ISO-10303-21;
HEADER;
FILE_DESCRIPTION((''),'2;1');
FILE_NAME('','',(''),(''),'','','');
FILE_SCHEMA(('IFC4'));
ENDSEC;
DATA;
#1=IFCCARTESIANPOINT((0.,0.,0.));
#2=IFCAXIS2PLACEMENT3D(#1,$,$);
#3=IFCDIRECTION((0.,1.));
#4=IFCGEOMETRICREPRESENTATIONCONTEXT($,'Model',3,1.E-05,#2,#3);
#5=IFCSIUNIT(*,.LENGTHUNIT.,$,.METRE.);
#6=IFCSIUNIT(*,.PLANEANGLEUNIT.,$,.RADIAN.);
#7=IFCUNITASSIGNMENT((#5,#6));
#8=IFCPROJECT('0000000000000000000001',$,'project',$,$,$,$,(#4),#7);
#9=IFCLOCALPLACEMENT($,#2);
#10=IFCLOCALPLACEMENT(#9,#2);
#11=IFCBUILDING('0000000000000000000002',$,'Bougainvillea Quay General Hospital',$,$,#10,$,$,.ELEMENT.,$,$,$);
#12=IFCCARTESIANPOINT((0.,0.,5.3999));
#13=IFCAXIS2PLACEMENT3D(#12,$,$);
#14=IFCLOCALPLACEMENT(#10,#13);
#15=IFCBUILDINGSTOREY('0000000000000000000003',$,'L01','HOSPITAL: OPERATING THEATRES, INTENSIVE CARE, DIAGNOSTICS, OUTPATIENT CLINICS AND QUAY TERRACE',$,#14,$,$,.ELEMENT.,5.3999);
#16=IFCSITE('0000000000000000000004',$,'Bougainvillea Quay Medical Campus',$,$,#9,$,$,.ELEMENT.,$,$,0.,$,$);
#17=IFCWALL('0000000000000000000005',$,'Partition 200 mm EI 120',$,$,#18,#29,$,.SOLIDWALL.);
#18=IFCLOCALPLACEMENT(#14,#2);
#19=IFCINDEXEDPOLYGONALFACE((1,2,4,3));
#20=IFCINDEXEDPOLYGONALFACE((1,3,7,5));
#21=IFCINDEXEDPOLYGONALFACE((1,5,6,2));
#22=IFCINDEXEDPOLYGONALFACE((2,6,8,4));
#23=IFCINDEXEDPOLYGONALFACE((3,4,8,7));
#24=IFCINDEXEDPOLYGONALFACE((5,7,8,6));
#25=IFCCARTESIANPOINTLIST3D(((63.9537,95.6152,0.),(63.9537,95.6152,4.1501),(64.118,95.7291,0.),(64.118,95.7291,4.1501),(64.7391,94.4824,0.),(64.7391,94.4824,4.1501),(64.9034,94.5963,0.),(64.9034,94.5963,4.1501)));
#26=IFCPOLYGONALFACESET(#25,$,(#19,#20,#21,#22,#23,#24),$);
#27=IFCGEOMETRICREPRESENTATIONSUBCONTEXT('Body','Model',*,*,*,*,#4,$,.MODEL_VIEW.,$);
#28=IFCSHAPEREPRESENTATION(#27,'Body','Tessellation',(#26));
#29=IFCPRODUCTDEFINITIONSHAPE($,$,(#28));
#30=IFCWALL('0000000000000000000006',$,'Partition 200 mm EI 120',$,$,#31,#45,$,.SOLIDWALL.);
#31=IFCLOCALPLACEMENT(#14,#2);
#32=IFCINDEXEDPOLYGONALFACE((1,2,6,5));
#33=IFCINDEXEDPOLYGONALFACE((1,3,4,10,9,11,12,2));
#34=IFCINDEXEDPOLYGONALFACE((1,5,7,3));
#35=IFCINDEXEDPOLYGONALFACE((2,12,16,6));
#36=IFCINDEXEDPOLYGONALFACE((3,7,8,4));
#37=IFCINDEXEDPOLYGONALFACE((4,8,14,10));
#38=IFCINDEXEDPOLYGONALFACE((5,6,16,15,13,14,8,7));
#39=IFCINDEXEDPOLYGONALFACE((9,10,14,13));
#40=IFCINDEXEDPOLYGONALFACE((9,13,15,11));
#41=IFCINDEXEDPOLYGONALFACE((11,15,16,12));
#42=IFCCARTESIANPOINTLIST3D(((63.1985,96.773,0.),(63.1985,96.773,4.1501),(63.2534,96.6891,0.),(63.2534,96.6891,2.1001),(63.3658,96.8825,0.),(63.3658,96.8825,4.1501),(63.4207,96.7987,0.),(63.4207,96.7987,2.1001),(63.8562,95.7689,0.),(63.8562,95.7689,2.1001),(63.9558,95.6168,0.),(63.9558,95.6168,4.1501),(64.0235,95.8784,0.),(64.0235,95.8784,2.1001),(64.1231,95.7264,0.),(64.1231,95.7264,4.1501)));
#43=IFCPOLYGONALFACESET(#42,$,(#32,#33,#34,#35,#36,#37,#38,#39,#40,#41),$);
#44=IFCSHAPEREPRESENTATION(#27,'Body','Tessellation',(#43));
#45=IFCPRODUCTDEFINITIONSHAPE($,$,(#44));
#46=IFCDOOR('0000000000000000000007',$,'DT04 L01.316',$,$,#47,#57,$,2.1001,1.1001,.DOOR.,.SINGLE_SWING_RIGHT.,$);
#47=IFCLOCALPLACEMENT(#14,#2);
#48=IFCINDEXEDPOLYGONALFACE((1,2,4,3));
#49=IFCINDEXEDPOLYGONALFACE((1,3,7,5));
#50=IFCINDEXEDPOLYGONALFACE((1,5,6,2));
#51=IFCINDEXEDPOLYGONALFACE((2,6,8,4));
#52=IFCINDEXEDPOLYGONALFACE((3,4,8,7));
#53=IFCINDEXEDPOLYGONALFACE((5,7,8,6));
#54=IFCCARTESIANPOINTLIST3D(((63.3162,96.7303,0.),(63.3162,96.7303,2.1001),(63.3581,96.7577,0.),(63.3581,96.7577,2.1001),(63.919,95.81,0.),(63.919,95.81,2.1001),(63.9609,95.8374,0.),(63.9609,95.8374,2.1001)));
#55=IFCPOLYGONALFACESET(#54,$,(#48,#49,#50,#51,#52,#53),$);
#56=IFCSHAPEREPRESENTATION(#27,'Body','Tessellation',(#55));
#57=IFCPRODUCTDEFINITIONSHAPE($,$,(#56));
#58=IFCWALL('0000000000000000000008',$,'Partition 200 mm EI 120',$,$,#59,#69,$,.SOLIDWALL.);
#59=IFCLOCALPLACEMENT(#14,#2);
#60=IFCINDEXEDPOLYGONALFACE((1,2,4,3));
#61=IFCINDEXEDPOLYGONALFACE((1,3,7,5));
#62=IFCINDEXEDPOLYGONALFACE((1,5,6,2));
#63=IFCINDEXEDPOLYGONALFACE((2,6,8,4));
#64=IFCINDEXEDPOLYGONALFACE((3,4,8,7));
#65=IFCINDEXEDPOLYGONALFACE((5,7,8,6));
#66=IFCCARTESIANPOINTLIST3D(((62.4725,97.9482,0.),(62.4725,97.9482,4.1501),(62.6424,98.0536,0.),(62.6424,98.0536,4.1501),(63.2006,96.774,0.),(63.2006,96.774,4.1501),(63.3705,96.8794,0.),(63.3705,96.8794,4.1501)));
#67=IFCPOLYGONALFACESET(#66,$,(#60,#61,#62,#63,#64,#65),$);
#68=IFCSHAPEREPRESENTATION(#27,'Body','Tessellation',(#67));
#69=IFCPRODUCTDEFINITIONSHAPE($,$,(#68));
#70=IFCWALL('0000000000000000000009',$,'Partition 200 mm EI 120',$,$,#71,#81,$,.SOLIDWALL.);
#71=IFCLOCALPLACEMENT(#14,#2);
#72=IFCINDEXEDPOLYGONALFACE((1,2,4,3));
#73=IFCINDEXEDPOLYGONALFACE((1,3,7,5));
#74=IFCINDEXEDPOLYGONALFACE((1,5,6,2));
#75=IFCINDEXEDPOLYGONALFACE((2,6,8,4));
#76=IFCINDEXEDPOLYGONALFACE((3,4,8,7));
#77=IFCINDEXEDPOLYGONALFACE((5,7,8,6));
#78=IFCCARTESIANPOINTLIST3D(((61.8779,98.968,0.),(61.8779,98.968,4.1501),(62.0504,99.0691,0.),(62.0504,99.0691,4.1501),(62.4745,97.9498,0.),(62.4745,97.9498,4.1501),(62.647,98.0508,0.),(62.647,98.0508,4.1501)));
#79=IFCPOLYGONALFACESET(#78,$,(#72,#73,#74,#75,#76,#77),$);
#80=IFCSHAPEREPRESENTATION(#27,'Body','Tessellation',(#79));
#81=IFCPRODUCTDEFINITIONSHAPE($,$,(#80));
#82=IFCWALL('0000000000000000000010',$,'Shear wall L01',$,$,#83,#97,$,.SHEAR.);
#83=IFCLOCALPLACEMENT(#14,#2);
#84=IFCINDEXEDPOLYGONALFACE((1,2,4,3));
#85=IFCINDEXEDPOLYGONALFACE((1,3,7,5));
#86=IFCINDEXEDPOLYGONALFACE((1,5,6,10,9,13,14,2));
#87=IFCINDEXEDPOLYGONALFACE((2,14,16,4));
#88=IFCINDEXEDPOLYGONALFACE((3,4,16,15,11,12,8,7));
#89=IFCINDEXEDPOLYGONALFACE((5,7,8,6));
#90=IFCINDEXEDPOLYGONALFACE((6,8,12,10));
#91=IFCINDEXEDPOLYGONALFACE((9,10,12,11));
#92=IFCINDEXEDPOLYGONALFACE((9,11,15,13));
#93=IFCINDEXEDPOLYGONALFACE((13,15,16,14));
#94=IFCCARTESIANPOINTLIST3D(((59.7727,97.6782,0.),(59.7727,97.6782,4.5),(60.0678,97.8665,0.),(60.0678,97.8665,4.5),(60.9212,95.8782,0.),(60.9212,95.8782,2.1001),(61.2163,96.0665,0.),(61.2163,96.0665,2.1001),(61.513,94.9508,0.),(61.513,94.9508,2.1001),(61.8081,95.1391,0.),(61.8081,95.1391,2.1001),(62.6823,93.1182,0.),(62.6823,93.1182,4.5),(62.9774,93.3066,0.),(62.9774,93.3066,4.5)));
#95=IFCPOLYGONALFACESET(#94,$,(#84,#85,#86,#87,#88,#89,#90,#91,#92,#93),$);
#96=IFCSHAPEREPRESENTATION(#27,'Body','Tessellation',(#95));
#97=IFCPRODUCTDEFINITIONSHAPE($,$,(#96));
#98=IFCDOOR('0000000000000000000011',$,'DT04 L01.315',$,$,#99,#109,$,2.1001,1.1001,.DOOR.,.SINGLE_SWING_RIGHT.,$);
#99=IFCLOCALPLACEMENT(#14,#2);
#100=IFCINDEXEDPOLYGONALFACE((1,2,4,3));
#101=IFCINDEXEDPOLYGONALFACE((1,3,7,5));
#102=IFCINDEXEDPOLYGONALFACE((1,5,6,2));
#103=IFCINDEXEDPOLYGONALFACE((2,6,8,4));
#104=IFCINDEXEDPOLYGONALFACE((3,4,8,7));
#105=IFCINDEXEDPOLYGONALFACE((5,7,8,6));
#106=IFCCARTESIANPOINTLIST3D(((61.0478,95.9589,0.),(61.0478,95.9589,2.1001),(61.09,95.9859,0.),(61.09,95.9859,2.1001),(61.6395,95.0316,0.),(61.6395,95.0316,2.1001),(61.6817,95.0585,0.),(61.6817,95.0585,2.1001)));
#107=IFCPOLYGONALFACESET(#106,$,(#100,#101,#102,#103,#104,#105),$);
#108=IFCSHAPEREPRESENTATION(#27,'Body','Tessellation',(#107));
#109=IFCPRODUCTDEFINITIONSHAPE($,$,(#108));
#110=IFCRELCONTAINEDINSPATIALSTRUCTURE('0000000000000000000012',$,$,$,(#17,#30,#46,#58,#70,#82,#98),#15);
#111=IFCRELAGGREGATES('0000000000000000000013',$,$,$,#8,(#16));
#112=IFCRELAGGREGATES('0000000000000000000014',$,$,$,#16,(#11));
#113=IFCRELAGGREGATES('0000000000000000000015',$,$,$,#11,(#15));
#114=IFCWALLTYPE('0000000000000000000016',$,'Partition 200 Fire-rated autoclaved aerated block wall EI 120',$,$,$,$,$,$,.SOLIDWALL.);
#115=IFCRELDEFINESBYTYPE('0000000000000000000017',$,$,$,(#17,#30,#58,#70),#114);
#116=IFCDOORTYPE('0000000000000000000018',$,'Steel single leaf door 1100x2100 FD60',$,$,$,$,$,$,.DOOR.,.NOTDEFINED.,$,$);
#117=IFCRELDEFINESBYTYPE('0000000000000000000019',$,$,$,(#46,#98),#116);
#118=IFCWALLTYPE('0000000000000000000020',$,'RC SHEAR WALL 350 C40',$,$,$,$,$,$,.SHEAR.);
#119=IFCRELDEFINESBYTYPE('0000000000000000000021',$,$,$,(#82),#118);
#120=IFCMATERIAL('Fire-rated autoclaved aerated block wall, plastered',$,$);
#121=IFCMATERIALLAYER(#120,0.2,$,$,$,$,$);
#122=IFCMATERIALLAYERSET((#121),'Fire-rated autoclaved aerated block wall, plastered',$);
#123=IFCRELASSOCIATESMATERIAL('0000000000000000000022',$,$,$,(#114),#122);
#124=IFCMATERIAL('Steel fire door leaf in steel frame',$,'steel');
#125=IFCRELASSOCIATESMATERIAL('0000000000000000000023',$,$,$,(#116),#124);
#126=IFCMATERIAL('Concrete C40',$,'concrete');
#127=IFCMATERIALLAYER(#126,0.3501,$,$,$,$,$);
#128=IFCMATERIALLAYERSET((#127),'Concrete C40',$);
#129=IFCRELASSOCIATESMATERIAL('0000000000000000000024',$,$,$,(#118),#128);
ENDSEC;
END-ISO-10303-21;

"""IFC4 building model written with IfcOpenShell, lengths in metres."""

from ifc_helpers import new_model, si_unit, direction, frame, frame_2d, origin, place, context, subcontext, project, spatial, rectangle, extrude, material, layer, layer_set, type_object, element, fill, save


model = new_model("IFC4")

# Units and contexts
model_context = context("Model", 3, precision=1e-05, world=origin(), true_north=direction((0.0, 1.0)))
body_context = subcontext(model_context, "Body", "Model", "MODEL_VIEW")
ifc_project = project(units=[si_unit("LENGTHUNIT", "METRE"), si_unit("PLANEANGLEUNIT", "RADIAN")], contexts=[model_context])

# Site, building, storey
site_placement = place(None, origin())
site = spatial("IfcSite", under=ifc_project, at=site_placement, Name="Bougainvillea Quay Medical Campus", CompositionType="ELEMENT", RefElevation=0.0)
building_placement = place(site_placement, origin())
building = spatial("IfcBuilding", under=site, at=building_placement, Name="Bougainvillea Quay General Hospital", CompositionType="ELEMENT")
storey_placement = place(building_placement, frame((0.0, 0.0, 5.3999)))
storey = spatial("IfcBuildingStorey", under=building, at=storey_placement, Name="L01", Description="HOSPITAL: OPERATING THEATRES, INTENSIVE CARE, DIAGNOSTICS, OUTPATIENT CLINICS AND QUAY TERRACE", CompositionType="ELEMENT", Elevation=5.3999)

# Wall
ifc_material_1 = material(Name="Fire-rated autoclaved aerated block wall, plastered")
ifc_layer_1 = layer(ifc_material_1, 0.2)
ifc_layer_set_1 = layer_set([ifc_layer_1], Name="Fire-rated autoclaved aerated block wall, plastered")
wall_type_1 = type_object("IfcWallType", Name="Partition 200 Fire-rated autoclaved aerated block wall EI 120", PredefinedType="SOLIDWALL", material=ifc_layer_set_1)
wall_1_placement = place(storey_placement, frame((64.0359, 95.6721, 0.0), z_axis=(0.0, 0.0, 1.0), x_axis=(0.569772, -0.821803, 0.0)))
element("IfcWall", 1, at=wall_1_placement, inside=storey, type_object=wall_type_1, Name="Partition 200 mm EI 120", PredefinedType="SOLIDWALL", context=body_context, shape_type="SweptSolid", body=[
    extrude(rectangle(XDim=1.3784, YDim=0.2, at=frame_2d((0.6892, 0.0))), origin(), (0.0, 0.0, 1.0), 4.1501),
])

# Wall, opening, door
wall_2_placement = place(storey_placement, frame((63.2822, 96.8276, 0.0), z_axis=(0.0, 0.0, 1.0), x_axis=(0.547915, -0.836534, 0.0)))
wall_2 = element("IfcWall", 2, at=wall_2_placement, inside=storey, type_object=wall_type_1, Name="Partition 200 mm EI 120", PredefinedType="SOLIDWALL", context=body_context, shape_type="SweptSolid", body=[
    extrude(rectangle(XDim=1.3821, YDim=0.2, at=frame_2d((0.6909, 0.0))), origin(), (0.0, 0.0, 1.0), 4.1501),
])
opening_1_placement = place(wall_2_placement, frame((0.1001, 0.0, 0.0)))
opening_1 = element("IfcOpeningElement", 3, at=opening_1_placement, cuts=wall_2, PredefinedType="OPENING", context=body_context, shape_type="SweptSolid", body=[
    extrude(rectangle(XDim=1.1001, YDim=2.1001, at=frame_2d((0.55, 1.05))), frame((0.0, 0.1099, 0.0), z_axis=(0.0, -1.0, 0.0), x_axis=(1.0, 0.0, 0.0)), (0.0, 0.0, 1.0), 0.22),
])
ifc_material_2 = material(Name="Steel fire door leaf in steel frame", Category="steel")
door_type_1 = type_object("IfcDoorType", Name="Steel single leaf door 1100x2100 FD60", OperationType="NOTDEFINED", PredefinedType="DOOR", material=ifc_material_2)
door_1_placement = place(opening_1_placement, frame((1.1001, 0.0, 0.0), z_axis=(0.0, 0.0, 1.0), x_axis=(-1.0, 0.0, 0.0)))
door_1 = element("IfcDoor", 4, at=door_1_placement, inside=storey, type_object=door_type_1, Name="DT04 L01.316", OperationType="SINGLE_SWING_RIGHT", OverallHeight=2.1001, OverallWidth=1.1001, PredefinedType="DOOR", context=body_context, shape_type="SweptSolid", body=[
    extrude(rectangle(XDim=1.1001, YDim=2.1001, at=frame_2d((0.55, 1.05))), frame((0.0, 0.0249, 0.0), z_axis=(0.0, -1.0, 0.0), x_axis=(1.0, 0.0, 0.0)), (0.0, 0.0, 1.0), 0.05),
])
fill(opening_1, door_1)

# Walls
wall_3_placement = place(storey_placement, frame((62.5574, 98.001, 0.0), z_axis=(0.0, 0.0, 1.0), x_axis=(0.526993, -0.849869, 0.0)))
element("IfcWall", 5, at=wall_3_placement, inside=storey, type_object=wall_type_1, Name="Partition 200 mm EI 120", PredefinedType="SOLIDWALL", context=body_context, shape_type="SweptSolid", body=[
    extrude(rectangle(XDim=1.3816, YDim=0.2, at=frame_2d((0.6909, 0.0))), origin(), (0.0, 0.0, 1.0), 4.1501),
])
wall_4_placement = place(storey_placement, frame((61.9641, 99.0186, 0.0), z_axis=(0.0, 0.0, 1.0), x_axis=(0.505555, -0.862794, 0.0)))
element("IfcWall", 6, at=wall_4_placement, inside=storey, type_object=wall_type_1, Name="Partition 200 mm EI 120", PredefinedType="SOLIDWALL", context=body_context, shape_type="SweptSolid", body=[
    extrude(rectangle(XDim=1.1802, YDim=0.2, at=frame_2d((0.5901, 0.0))), origin(), (0.0, 0.0, 1.0), 4.1501),
])

# Wall, opening, door
ifc_material_3 = material(Name="Concrete C40", Category="concrete")
ifc_layer_2 = layer(ifc_material_3, 0.3501)
ifc_layer_set_2 = layer_set([ifc_layer_2], Name="Concrete C40")
wall_type_2 = type_object("IfcWallType", Name="RC SHEAR WALL 350 C40", PredefinedType="SHEAR", material=ifc_layer_set_2)
wall_5_placement = place(storey_placement, frame((62.8298, 93.2124, 0.0), z_axis=(0.0, 0.0, 1.0), x_axis=(-0.537903, 0.843007, 0.0)))
wall_5 = element("IfcWall", 7, at=wall_5_placement, inside=storey, type_object=wall_type_2, Name="Shear wall L01", PredefinedType="SHEAR", context=body_context, shape_type="SweptSolid", body=[
    extrude(rectangle(XDim=5.4092, YDim=0.3501, at=frame_2d((2.7046, 0.0))), origin(), (0.0, 0.0, 1.0), 4.5),
])
opening_2_placement = place(wall_5_placement, frame((2.1738, 0.0, 0.0)))
opening_2 = element("IfcOpeningElement", 8, at=opening_2_placement, cuts=wall_5, PredefinedType="OPENING", context=body_context, shape_type="SweptSolid", body=[
    extrude(rectangle(XDim=1.1001, YDim=2.1001, at=frame_2d((0.55, 1.05))), frame((0.0, 0.1851, 0.0), z_axis=(0.0, -1.0, 0.0), x_axis=(1.0, 0.0, 0.0)), (0.0, 0.0, 1.0), 0.3701),
])
door_2_placement = place(opening_2_placement, origin())
door_2 = element("IfcDoor", 9, at=door_2_placement, inside=storey, type_object=door_type_1, Name="DT04 L01.315", OperationType="SINGLE_SWING_RIGHT", OverallHeight=2.1001, OverallWidth=1.1001, PredefinedType="DOOR", context=body_context, shape_type="SweptSolid", body=[
    extrude(rectangle(XDim=1.1001, YDim=2.1001, at=frame_2d((0.55, 1.05))), frame((0.0, 0.0249, 0.0), z_axis=(0.0, -1.0, 0.0), x_axis=(1.0, 0.0, 0.0)), (0.0, 0.0, 1.0), 0.05),
])
fill(opening_2, door_2)

save(model, "model.ifc")
